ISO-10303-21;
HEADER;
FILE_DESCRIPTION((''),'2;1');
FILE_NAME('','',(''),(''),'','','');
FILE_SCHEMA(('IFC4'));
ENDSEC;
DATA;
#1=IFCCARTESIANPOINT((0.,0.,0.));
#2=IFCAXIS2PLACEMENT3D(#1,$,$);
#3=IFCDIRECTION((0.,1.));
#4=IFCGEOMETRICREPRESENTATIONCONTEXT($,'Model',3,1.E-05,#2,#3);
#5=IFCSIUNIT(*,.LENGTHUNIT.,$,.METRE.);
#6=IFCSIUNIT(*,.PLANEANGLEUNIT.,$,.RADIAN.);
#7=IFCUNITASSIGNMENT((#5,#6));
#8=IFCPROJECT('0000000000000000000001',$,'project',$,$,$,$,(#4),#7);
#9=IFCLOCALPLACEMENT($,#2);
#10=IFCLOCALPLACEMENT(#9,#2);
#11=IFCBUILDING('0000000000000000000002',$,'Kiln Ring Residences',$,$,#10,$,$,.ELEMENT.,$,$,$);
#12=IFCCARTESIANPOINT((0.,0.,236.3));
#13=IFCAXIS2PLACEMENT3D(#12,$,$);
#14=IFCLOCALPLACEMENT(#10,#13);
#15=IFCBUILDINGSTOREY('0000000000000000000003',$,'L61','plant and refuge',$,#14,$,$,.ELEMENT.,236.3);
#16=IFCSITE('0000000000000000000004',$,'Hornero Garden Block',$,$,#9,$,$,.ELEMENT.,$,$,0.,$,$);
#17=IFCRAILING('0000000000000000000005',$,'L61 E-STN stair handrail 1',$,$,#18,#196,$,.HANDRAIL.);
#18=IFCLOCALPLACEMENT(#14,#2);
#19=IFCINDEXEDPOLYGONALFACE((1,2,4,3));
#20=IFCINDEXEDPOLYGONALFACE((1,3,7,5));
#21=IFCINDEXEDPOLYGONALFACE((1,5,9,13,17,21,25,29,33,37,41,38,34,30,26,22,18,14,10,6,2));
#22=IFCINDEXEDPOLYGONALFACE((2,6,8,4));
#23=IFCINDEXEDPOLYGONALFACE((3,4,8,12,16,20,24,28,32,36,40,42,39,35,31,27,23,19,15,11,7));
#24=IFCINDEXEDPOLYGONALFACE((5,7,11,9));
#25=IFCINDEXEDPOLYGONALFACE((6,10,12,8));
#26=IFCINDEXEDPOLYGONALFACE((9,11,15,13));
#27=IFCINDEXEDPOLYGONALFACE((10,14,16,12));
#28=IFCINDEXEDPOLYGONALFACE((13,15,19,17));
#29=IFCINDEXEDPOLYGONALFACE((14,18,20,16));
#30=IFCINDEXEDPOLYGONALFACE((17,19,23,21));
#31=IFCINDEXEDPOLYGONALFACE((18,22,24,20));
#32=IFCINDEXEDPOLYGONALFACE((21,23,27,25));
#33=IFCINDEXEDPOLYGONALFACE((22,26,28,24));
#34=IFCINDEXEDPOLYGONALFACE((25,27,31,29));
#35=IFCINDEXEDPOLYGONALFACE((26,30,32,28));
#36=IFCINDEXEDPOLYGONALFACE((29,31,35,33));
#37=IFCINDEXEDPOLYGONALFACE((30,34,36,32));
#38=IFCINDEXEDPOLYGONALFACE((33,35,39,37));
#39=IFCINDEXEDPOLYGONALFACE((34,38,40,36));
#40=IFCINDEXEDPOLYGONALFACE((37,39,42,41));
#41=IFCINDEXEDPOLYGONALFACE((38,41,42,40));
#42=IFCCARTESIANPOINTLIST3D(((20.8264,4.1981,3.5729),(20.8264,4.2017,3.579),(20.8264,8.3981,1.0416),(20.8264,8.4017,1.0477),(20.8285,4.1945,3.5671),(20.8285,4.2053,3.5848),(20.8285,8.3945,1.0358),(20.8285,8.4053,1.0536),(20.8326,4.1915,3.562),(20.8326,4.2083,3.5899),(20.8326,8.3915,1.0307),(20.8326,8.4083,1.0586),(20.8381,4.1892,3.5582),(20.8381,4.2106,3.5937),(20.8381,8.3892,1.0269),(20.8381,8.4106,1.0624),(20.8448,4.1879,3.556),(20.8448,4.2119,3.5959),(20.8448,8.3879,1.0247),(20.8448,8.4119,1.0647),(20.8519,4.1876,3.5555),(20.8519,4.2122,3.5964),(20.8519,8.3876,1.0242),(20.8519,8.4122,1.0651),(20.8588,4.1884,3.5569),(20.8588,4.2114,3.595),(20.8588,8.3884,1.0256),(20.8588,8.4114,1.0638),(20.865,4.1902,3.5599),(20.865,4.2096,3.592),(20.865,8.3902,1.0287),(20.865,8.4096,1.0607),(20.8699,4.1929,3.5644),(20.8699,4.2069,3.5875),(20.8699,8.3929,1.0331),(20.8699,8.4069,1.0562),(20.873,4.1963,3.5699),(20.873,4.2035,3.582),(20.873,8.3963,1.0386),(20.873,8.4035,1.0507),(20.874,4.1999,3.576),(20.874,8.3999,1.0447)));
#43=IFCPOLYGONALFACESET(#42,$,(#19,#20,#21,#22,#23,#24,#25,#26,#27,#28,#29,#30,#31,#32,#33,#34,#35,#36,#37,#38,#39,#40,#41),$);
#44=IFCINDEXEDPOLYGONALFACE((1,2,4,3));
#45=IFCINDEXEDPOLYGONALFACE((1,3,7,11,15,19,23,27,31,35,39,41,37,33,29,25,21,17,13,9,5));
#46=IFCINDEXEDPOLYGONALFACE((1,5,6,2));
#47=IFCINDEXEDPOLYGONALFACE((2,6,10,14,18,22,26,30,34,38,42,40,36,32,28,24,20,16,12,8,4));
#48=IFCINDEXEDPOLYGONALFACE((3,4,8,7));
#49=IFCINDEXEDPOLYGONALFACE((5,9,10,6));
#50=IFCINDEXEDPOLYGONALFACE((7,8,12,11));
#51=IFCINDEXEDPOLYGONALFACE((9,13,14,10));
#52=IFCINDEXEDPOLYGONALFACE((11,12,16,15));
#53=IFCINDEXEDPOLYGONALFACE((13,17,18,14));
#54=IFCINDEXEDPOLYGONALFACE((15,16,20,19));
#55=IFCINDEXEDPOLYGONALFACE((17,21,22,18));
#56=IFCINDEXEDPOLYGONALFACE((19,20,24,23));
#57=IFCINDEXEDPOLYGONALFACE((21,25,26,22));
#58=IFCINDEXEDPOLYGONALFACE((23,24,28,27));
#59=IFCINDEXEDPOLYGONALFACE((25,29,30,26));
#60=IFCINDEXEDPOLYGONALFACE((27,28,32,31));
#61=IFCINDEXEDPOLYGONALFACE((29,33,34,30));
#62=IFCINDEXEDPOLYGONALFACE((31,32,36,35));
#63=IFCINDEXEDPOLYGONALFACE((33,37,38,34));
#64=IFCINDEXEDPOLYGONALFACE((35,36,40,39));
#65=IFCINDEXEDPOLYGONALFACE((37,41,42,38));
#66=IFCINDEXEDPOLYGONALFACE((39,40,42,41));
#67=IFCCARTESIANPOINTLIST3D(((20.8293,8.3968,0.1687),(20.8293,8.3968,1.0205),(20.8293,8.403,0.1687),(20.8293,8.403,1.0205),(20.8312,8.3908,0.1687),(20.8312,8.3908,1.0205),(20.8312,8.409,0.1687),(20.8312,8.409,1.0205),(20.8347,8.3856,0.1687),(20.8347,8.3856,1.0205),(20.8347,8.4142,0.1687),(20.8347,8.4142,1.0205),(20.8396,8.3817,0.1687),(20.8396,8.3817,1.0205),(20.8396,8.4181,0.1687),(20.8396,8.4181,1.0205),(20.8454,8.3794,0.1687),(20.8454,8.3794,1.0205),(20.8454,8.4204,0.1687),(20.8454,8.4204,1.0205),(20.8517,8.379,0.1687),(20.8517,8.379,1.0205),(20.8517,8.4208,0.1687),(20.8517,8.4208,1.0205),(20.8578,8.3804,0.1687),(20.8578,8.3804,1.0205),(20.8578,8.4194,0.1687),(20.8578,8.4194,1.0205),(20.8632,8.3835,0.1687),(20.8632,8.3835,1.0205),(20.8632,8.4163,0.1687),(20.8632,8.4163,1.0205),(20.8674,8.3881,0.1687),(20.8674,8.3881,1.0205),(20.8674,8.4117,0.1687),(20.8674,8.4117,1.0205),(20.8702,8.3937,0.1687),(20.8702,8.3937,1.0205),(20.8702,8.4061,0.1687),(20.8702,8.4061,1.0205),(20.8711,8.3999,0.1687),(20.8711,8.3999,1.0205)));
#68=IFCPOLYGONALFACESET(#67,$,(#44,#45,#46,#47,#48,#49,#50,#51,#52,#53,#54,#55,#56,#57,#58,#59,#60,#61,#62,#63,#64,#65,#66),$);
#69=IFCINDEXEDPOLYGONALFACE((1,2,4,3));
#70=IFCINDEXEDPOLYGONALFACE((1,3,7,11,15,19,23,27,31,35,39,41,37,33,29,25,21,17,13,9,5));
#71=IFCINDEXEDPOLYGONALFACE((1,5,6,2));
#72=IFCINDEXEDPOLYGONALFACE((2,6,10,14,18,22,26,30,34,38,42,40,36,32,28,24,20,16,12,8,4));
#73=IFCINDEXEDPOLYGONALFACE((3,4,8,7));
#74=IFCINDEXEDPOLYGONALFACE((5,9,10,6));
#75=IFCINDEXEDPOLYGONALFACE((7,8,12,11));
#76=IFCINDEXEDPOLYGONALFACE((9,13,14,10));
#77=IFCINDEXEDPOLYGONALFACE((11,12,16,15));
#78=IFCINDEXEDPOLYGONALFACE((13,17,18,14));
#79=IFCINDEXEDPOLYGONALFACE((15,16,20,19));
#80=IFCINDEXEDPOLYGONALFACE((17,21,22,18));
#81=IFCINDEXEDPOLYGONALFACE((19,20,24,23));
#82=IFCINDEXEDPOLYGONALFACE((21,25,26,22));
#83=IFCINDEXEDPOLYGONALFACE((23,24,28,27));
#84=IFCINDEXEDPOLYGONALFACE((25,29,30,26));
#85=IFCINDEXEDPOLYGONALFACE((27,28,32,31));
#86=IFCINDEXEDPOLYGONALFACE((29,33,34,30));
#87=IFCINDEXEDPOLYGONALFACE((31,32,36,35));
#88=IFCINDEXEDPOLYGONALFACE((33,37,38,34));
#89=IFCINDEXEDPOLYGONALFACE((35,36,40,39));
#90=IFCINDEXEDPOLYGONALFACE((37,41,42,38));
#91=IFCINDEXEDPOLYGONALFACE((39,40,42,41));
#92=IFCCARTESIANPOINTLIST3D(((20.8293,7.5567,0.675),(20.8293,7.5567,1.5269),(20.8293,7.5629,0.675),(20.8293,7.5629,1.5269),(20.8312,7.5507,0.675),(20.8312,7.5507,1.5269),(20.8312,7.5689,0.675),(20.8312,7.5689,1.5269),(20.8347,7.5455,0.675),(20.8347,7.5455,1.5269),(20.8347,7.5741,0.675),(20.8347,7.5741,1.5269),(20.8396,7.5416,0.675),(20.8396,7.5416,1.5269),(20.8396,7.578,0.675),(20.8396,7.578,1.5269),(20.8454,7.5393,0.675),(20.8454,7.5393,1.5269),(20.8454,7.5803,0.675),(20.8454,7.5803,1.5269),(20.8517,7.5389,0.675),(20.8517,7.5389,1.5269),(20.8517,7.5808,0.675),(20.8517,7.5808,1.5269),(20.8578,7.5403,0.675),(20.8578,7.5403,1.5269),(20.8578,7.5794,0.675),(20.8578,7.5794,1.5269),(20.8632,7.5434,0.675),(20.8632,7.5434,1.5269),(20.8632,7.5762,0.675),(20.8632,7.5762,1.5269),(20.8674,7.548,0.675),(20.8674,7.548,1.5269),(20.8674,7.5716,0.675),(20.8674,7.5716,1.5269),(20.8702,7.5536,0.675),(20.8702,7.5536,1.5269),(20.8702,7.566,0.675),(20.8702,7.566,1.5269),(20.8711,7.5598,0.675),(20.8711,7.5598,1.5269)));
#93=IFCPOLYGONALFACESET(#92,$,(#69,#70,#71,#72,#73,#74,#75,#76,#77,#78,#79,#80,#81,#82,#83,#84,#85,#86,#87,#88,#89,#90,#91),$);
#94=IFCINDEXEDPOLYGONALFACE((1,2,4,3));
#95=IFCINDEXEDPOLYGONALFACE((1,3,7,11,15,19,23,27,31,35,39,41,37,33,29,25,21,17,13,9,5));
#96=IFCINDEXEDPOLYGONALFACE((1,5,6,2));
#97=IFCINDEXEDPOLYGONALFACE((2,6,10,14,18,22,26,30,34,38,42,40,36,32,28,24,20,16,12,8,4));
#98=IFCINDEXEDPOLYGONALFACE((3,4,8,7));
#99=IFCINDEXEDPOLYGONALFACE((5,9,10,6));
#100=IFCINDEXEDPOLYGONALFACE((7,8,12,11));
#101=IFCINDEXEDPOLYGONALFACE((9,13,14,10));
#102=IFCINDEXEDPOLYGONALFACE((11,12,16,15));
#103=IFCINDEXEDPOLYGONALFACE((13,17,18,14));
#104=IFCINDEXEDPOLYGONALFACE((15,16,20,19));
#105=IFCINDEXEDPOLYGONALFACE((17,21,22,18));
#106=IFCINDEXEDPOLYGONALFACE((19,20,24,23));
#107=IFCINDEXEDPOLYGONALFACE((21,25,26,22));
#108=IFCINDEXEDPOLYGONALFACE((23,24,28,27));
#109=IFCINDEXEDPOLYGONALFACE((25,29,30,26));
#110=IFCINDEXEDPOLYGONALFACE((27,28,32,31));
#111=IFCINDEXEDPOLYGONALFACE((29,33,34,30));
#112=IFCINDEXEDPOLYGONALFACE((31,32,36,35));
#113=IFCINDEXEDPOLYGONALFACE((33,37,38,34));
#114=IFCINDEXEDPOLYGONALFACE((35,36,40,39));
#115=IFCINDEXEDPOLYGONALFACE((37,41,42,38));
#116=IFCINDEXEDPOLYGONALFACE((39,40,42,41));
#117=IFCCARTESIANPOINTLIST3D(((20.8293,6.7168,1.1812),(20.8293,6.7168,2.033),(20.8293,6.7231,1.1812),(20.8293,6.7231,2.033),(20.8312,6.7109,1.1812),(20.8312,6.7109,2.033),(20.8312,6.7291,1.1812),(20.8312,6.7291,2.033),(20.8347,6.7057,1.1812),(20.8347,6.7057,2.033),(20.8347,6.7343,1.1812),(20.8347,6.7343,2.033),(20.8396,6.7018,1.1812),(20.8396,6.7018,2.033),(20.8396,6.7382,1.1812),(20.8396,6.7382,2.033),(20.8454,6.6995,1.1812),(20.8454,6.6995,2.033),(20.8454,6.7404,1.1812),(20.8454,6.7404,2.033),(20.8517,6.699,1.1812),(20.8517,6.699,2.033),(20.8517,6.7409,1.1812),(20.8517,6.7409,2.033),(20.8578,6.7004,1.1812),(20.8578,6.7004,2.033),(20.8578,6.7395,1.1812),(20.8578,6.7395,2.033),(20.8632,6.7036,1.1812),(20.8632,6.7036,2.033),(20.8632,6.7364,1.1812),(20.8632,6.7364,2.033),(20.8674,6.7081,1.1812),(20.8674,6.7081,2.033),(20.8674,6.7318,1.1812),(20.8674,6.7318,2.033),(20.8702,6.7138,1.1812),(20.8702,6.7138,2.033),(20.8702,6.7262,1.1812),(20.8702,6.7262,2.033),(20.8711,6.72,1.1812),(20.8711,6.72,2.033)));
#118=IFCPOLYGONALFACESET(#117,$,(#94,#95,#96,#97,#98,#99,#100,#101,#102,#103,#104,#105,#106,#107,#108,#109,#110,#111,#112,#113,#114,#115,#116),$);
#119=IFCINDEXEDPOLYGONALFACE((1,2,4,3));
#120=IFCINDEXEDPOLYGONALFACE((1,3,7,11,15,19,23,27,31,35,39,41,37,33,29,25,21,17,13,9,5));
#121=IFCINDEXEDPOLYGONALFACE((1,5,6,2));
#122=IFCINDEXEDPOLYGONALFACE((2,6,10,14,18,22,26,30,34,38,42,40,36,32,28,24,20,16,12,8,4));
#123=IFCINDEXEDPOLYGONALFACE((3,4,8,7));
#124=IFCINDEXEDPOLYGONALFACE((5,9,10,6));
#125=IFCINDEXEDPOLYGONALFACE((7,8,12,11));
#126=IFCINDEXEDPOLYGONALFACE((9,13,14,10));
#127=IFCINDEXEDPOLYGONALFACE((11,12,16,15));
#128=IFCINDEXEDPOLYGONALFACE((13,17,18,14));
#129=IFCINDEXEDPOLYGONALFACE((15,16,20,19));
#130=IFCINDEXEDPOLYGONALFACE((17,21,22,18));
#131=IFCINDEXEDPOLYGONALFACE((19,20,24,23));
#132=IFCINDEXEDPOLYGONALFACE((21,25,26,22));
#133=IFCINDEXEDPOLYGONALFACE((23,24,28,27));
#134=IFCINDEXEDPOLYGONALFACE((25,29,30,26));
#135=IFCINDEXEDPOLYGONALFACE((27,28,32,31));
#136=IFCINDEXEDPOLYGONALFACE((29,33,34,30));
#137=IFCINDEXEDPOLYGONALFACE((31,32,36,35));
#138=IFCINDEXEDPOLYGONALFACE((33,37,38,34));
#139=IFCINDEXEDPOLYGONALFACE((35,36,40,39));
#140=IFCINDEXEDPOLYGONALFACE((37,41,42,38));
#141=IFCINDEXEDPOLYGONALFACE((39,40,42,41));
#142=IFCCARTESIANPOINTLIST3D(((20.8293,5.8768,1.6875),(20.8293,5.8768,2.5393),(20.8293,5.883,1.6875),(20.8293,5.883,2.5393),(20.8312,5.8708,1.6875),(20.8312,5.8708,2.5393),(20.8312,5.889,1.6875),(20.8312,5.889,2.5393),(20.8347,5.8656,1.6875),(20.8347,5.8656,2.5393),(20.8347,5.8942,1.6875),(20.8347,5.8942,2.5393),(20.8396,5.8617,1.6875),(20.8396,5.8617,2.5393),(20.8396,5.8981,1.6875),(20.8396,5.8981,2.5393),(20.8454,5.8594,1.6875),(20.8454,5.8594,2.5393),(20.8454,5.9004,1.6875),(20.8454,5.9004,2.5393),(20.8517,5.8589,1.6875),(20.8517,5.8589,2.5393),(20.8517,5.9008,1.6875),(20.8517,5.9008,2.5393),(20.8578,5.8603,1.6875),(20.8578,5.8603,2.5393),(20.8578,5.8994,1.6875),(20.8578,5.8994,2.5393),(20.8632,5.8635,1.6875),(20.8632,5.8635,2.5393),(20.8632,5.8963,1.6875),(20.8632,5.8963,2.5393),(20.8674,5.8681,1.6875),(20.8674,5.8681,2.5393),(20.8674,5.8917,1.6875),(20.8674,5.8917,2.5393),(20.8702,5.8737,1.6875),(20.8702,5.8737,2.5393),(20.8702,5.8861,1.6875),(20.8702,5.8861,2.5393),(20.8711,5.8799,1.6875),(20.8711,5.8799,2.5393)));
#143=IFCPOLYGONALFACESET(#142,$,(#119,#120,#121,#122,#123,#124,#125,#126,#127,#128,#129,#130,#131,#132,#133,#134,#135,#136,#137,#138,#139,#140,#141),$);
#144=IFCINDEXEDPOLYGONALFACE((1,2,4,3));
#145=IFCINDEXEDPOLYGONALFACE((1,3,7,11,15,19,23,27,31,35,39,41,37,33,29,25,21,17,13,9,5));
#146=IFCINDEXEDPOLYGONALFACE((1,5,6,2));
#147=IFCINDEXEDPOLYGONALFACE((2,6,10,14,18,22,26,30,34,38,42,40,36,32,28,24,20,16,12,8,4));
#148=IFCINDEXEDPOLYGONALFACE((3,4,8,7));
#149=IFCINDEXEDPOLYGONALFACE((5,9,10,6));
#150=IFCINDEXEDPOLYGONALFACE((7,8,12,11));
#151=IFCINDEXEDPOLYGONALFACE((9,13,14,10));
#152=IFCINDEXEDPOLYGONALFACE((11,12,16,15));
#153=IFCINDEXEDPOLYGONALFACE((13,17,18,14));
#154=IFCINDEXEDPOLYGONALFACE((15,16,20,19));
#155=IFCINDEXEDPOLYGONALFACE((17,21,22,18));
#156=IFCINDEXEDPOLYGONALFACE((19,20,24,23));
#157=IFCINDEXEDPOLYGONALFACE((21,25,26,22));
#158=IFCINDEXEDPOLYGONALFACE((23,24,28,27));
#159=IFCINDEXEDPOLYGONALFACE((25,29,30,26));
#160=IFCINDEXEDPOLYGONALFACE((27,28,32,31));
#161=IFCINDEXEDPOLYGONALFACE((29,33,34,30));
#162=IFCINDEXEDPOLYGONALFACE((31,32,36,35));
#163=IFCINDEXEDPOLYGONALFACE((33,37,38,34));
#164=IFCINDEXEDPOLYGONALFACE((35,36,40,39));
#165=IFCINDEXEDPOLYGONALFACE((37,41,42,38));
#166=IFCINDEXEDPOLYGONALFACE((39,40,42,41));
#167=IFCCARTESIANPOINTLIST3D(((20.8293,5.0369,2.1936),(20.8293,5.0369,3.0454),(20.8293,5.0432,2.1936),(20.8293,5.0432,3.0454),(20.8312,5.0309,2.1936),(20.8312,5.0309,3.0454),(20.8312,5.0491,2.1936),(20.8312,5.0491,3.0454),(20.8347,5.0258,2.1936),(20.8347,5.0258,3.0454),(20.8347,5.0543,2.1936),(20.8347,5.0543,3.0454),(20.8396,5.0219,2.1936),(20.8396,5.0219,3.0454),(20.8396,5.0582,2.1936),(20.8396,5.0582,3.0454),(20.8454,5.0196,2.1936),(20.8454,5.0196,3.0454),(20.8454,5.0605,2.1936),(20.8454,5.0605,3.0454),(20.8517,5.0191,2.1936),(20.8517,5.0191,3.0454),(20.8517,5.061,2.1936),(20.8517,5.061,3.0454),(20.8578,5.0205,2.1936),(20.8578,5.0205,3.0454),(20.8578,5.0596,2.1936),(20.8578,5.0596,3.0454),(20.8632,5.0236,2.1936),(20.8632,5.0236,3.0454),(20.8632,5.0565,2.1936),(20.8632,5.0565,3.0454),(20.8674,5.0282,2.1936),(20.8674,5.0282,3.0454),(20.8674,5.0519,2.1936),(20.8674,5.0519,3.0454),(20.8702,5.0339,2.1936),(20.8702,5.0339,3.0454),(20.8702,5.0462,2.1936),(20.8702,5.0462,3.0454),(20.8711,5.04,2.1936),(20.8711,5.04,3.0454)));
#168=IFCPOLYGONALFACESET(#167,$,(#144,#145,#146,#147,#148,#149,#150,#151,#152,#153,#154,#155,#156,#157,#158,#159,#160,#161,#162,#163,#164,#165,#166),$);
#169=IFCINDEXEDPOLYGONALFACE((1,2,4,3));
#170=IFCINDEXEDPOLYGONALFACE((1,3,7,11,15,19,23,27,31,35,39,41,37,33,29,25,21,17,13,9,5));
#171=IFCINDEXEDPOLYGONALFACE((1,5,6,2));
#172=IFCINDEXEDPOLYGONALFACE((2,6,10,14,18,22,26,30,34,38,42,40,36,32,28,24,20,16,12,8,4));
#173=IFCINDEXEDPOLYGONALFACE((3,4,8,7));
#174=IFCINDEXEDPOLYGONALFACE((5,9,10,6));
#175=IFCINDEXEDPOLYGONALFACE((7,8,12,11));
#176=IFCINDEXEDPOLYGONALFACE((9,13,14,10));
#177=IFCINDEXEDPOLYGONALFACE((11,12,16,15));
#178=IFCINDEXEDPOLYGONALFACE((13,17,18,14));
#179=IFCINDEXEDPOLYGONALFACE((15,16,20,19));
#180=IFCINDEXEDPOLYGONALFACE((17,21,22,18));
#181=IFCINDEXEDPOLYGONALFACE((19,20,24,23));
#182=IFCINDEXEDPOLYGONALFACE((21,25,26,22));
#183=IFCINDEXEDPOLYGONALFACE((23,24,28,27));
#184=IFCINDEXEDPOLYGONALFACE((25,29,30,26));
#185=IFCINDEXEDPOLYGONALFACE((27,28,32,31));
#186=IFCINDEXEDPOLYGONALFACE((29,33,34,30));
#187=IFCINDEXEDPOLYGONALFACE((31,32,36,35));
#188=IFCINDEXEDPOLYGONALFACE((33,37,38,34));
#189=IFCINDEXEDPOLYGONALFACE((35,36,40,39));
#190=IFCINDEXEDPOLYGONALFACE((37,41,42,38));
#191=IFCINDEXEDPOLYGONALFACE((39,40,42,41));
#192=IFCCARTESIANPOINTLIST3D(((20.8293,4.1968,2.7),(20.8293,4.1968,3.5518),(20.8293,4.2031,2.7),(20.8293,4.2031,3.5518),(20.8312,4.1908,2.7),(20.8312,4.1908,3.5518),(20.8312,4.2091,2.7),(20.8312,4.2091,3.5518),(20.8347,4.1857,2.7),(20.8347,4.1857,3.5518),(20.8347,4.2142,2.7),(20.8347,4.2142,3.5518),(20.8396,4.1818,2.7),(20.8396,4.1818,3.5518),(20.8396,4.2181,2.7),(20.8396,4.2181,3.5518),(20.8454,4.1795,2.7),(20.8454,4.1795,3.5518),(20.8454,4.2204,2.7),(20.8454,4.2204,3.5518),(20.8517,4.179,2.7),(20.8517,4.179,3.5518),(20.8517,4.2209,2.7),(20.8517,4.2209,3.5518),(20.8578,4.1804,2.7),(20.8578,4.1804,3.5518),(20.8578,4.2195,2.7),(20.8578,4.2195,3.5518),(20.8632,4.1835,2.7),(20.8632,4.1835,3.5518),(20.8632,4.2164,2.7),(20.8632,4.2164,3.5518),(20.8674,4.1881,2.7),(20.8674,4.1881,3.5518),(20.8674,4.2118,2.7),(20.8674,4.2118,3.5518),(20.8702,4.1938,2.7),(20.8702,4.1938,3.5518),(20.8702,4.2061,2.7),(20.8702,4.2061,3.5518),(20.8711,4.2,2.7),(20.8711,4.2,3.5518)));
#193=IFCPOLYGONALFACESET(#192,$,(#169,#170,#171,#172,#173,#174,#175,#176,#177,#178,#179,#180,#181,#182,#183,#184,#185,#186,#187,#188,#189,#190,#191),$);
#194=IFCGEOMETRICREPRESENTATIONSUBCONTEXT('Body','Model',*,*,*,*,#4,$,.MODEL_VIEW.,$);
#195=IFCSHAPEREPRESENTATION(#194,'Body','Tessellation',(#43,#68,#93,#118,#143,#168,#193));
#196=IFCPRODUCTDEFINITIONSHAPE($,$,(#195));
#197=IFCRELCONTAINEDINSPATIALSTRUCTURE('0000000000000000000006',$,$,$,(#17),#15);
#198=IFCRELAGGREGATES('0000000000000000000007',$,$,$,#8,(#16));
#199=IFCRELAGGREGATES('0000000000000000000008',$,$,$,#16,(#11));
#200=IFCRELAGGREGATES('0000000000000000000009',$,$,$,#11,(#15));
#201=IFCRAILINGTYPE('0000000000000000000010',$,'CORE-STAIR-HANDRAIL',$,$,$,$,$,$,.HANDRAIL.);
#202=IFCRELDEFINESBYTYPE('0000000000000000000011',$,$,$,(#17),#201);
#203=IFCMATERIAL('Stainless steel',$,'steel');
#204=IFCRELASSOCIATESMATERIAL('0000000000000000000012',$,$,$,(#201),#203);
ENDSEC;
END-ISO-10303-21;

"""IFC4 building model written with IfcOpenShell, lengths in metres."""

from ifc_helpers import new_model, si_unit, direction, frame, origin, origin_2d, place, context, subcontext, project, spatial, circle, extrude, material, type_object, element, save


model = new_model("IFC4")

# Units and contexts
model_context = context("Model", 3, precision=1e-05, world=origin(), true_north=direction((0.0, 1.0)))
body_context = subcontext(model_context, "Body", "Model", "MODEL_VIEW")
ifc_project = project(units=[si_unit("LENGTHUNIT", "METRE"), si_unit("PLANEANGLEUNIT", "RADIAN")], contexts=[model_context])

# Site, building, storey
site_placement = place(None, origin())
site = spatial("IfcSite", under=ifc_project, at=site_placement, Name="Hornero Garden Block", CompositionType="ELEMENT", RefElevation=0.0)
building_placement = place(site_placement, origin())
building = spatial("IfcBuilding", under=site, at=building_placement, Name="Kiln Ring Residences", CompositionType="ELEMENT")
storey_placement = place(building_placement, frame((0.0, 0.0, 236.3)))
storey = spatial("IfcBuildingStorey", under=building, at=storey_placement, Name="L61", Description="plant and refuge", CompositionType="ELEMENT", Elevation=236.3)

# Railing
ifc_material_1 = material(Name="Stainless steel", Category="steel")
railing_type_1 = type_object("IfcRailingType", Name="CORE-STAIR-HANDRAIL", PredefinedType="HANDRAIL", material=ifc_material_1)
railing_1_placement = place(storey_placement, frame((20.8501, 8.3999, 0.1687)))
element("IfcRailing", 1, at=railing_1_placement, inside=storey, type_object=railing_type_1, Name="L61 E-STN stair handrail 1", PredefinedType="HANDRAIL", context=body_context, shape_type="SweptSolid", body=[
    extrude(circle(Radius=0.0239, at=origin_2d()), frame((0.0, 0.0, 0.876), z_axis=(0.0, -0.856476, 0.516186), x_axis=(1.0, 0.0, 0.0)), (0.0, 0.0, 1.0), 4.9038),
    extrude(circle(Radius=0.021, at=origin_2d()), origin(), (0.0, 0.0, 1.0), 0.8518),
    extrude(circle(Radius=0.021, at=origin_2d()), frame((0.0, -0.8401, 0.5063)), (0.0, 0.0, 1.0), 0.8518),
    extrude(circle(Radius=0.021, at=origin_2d()), frame((0.0, -1.6799, 1.0125)), (0.0, 0.0, 1.0), 0.8518),
    extrude(circle(Radius=0.021, at=origin_2d()), frame((0.0, -2.52, 1.5188)), (0.0, 0.0, 1.0), 0.8518),
    extrude(circle(Radius=0.021, at=origin_2d()), frame((0.0, -3.3599, 2.0249)), (0.0, 0.0, 1.0), 0.8518),
    extrude(circle(Radius=0.021, at=origin_2d()), frame((0.0, -4.2, 2.5312)), (0.0, 0.0, 1.0), 0.8518),
])

save(model, "model.ifc")
